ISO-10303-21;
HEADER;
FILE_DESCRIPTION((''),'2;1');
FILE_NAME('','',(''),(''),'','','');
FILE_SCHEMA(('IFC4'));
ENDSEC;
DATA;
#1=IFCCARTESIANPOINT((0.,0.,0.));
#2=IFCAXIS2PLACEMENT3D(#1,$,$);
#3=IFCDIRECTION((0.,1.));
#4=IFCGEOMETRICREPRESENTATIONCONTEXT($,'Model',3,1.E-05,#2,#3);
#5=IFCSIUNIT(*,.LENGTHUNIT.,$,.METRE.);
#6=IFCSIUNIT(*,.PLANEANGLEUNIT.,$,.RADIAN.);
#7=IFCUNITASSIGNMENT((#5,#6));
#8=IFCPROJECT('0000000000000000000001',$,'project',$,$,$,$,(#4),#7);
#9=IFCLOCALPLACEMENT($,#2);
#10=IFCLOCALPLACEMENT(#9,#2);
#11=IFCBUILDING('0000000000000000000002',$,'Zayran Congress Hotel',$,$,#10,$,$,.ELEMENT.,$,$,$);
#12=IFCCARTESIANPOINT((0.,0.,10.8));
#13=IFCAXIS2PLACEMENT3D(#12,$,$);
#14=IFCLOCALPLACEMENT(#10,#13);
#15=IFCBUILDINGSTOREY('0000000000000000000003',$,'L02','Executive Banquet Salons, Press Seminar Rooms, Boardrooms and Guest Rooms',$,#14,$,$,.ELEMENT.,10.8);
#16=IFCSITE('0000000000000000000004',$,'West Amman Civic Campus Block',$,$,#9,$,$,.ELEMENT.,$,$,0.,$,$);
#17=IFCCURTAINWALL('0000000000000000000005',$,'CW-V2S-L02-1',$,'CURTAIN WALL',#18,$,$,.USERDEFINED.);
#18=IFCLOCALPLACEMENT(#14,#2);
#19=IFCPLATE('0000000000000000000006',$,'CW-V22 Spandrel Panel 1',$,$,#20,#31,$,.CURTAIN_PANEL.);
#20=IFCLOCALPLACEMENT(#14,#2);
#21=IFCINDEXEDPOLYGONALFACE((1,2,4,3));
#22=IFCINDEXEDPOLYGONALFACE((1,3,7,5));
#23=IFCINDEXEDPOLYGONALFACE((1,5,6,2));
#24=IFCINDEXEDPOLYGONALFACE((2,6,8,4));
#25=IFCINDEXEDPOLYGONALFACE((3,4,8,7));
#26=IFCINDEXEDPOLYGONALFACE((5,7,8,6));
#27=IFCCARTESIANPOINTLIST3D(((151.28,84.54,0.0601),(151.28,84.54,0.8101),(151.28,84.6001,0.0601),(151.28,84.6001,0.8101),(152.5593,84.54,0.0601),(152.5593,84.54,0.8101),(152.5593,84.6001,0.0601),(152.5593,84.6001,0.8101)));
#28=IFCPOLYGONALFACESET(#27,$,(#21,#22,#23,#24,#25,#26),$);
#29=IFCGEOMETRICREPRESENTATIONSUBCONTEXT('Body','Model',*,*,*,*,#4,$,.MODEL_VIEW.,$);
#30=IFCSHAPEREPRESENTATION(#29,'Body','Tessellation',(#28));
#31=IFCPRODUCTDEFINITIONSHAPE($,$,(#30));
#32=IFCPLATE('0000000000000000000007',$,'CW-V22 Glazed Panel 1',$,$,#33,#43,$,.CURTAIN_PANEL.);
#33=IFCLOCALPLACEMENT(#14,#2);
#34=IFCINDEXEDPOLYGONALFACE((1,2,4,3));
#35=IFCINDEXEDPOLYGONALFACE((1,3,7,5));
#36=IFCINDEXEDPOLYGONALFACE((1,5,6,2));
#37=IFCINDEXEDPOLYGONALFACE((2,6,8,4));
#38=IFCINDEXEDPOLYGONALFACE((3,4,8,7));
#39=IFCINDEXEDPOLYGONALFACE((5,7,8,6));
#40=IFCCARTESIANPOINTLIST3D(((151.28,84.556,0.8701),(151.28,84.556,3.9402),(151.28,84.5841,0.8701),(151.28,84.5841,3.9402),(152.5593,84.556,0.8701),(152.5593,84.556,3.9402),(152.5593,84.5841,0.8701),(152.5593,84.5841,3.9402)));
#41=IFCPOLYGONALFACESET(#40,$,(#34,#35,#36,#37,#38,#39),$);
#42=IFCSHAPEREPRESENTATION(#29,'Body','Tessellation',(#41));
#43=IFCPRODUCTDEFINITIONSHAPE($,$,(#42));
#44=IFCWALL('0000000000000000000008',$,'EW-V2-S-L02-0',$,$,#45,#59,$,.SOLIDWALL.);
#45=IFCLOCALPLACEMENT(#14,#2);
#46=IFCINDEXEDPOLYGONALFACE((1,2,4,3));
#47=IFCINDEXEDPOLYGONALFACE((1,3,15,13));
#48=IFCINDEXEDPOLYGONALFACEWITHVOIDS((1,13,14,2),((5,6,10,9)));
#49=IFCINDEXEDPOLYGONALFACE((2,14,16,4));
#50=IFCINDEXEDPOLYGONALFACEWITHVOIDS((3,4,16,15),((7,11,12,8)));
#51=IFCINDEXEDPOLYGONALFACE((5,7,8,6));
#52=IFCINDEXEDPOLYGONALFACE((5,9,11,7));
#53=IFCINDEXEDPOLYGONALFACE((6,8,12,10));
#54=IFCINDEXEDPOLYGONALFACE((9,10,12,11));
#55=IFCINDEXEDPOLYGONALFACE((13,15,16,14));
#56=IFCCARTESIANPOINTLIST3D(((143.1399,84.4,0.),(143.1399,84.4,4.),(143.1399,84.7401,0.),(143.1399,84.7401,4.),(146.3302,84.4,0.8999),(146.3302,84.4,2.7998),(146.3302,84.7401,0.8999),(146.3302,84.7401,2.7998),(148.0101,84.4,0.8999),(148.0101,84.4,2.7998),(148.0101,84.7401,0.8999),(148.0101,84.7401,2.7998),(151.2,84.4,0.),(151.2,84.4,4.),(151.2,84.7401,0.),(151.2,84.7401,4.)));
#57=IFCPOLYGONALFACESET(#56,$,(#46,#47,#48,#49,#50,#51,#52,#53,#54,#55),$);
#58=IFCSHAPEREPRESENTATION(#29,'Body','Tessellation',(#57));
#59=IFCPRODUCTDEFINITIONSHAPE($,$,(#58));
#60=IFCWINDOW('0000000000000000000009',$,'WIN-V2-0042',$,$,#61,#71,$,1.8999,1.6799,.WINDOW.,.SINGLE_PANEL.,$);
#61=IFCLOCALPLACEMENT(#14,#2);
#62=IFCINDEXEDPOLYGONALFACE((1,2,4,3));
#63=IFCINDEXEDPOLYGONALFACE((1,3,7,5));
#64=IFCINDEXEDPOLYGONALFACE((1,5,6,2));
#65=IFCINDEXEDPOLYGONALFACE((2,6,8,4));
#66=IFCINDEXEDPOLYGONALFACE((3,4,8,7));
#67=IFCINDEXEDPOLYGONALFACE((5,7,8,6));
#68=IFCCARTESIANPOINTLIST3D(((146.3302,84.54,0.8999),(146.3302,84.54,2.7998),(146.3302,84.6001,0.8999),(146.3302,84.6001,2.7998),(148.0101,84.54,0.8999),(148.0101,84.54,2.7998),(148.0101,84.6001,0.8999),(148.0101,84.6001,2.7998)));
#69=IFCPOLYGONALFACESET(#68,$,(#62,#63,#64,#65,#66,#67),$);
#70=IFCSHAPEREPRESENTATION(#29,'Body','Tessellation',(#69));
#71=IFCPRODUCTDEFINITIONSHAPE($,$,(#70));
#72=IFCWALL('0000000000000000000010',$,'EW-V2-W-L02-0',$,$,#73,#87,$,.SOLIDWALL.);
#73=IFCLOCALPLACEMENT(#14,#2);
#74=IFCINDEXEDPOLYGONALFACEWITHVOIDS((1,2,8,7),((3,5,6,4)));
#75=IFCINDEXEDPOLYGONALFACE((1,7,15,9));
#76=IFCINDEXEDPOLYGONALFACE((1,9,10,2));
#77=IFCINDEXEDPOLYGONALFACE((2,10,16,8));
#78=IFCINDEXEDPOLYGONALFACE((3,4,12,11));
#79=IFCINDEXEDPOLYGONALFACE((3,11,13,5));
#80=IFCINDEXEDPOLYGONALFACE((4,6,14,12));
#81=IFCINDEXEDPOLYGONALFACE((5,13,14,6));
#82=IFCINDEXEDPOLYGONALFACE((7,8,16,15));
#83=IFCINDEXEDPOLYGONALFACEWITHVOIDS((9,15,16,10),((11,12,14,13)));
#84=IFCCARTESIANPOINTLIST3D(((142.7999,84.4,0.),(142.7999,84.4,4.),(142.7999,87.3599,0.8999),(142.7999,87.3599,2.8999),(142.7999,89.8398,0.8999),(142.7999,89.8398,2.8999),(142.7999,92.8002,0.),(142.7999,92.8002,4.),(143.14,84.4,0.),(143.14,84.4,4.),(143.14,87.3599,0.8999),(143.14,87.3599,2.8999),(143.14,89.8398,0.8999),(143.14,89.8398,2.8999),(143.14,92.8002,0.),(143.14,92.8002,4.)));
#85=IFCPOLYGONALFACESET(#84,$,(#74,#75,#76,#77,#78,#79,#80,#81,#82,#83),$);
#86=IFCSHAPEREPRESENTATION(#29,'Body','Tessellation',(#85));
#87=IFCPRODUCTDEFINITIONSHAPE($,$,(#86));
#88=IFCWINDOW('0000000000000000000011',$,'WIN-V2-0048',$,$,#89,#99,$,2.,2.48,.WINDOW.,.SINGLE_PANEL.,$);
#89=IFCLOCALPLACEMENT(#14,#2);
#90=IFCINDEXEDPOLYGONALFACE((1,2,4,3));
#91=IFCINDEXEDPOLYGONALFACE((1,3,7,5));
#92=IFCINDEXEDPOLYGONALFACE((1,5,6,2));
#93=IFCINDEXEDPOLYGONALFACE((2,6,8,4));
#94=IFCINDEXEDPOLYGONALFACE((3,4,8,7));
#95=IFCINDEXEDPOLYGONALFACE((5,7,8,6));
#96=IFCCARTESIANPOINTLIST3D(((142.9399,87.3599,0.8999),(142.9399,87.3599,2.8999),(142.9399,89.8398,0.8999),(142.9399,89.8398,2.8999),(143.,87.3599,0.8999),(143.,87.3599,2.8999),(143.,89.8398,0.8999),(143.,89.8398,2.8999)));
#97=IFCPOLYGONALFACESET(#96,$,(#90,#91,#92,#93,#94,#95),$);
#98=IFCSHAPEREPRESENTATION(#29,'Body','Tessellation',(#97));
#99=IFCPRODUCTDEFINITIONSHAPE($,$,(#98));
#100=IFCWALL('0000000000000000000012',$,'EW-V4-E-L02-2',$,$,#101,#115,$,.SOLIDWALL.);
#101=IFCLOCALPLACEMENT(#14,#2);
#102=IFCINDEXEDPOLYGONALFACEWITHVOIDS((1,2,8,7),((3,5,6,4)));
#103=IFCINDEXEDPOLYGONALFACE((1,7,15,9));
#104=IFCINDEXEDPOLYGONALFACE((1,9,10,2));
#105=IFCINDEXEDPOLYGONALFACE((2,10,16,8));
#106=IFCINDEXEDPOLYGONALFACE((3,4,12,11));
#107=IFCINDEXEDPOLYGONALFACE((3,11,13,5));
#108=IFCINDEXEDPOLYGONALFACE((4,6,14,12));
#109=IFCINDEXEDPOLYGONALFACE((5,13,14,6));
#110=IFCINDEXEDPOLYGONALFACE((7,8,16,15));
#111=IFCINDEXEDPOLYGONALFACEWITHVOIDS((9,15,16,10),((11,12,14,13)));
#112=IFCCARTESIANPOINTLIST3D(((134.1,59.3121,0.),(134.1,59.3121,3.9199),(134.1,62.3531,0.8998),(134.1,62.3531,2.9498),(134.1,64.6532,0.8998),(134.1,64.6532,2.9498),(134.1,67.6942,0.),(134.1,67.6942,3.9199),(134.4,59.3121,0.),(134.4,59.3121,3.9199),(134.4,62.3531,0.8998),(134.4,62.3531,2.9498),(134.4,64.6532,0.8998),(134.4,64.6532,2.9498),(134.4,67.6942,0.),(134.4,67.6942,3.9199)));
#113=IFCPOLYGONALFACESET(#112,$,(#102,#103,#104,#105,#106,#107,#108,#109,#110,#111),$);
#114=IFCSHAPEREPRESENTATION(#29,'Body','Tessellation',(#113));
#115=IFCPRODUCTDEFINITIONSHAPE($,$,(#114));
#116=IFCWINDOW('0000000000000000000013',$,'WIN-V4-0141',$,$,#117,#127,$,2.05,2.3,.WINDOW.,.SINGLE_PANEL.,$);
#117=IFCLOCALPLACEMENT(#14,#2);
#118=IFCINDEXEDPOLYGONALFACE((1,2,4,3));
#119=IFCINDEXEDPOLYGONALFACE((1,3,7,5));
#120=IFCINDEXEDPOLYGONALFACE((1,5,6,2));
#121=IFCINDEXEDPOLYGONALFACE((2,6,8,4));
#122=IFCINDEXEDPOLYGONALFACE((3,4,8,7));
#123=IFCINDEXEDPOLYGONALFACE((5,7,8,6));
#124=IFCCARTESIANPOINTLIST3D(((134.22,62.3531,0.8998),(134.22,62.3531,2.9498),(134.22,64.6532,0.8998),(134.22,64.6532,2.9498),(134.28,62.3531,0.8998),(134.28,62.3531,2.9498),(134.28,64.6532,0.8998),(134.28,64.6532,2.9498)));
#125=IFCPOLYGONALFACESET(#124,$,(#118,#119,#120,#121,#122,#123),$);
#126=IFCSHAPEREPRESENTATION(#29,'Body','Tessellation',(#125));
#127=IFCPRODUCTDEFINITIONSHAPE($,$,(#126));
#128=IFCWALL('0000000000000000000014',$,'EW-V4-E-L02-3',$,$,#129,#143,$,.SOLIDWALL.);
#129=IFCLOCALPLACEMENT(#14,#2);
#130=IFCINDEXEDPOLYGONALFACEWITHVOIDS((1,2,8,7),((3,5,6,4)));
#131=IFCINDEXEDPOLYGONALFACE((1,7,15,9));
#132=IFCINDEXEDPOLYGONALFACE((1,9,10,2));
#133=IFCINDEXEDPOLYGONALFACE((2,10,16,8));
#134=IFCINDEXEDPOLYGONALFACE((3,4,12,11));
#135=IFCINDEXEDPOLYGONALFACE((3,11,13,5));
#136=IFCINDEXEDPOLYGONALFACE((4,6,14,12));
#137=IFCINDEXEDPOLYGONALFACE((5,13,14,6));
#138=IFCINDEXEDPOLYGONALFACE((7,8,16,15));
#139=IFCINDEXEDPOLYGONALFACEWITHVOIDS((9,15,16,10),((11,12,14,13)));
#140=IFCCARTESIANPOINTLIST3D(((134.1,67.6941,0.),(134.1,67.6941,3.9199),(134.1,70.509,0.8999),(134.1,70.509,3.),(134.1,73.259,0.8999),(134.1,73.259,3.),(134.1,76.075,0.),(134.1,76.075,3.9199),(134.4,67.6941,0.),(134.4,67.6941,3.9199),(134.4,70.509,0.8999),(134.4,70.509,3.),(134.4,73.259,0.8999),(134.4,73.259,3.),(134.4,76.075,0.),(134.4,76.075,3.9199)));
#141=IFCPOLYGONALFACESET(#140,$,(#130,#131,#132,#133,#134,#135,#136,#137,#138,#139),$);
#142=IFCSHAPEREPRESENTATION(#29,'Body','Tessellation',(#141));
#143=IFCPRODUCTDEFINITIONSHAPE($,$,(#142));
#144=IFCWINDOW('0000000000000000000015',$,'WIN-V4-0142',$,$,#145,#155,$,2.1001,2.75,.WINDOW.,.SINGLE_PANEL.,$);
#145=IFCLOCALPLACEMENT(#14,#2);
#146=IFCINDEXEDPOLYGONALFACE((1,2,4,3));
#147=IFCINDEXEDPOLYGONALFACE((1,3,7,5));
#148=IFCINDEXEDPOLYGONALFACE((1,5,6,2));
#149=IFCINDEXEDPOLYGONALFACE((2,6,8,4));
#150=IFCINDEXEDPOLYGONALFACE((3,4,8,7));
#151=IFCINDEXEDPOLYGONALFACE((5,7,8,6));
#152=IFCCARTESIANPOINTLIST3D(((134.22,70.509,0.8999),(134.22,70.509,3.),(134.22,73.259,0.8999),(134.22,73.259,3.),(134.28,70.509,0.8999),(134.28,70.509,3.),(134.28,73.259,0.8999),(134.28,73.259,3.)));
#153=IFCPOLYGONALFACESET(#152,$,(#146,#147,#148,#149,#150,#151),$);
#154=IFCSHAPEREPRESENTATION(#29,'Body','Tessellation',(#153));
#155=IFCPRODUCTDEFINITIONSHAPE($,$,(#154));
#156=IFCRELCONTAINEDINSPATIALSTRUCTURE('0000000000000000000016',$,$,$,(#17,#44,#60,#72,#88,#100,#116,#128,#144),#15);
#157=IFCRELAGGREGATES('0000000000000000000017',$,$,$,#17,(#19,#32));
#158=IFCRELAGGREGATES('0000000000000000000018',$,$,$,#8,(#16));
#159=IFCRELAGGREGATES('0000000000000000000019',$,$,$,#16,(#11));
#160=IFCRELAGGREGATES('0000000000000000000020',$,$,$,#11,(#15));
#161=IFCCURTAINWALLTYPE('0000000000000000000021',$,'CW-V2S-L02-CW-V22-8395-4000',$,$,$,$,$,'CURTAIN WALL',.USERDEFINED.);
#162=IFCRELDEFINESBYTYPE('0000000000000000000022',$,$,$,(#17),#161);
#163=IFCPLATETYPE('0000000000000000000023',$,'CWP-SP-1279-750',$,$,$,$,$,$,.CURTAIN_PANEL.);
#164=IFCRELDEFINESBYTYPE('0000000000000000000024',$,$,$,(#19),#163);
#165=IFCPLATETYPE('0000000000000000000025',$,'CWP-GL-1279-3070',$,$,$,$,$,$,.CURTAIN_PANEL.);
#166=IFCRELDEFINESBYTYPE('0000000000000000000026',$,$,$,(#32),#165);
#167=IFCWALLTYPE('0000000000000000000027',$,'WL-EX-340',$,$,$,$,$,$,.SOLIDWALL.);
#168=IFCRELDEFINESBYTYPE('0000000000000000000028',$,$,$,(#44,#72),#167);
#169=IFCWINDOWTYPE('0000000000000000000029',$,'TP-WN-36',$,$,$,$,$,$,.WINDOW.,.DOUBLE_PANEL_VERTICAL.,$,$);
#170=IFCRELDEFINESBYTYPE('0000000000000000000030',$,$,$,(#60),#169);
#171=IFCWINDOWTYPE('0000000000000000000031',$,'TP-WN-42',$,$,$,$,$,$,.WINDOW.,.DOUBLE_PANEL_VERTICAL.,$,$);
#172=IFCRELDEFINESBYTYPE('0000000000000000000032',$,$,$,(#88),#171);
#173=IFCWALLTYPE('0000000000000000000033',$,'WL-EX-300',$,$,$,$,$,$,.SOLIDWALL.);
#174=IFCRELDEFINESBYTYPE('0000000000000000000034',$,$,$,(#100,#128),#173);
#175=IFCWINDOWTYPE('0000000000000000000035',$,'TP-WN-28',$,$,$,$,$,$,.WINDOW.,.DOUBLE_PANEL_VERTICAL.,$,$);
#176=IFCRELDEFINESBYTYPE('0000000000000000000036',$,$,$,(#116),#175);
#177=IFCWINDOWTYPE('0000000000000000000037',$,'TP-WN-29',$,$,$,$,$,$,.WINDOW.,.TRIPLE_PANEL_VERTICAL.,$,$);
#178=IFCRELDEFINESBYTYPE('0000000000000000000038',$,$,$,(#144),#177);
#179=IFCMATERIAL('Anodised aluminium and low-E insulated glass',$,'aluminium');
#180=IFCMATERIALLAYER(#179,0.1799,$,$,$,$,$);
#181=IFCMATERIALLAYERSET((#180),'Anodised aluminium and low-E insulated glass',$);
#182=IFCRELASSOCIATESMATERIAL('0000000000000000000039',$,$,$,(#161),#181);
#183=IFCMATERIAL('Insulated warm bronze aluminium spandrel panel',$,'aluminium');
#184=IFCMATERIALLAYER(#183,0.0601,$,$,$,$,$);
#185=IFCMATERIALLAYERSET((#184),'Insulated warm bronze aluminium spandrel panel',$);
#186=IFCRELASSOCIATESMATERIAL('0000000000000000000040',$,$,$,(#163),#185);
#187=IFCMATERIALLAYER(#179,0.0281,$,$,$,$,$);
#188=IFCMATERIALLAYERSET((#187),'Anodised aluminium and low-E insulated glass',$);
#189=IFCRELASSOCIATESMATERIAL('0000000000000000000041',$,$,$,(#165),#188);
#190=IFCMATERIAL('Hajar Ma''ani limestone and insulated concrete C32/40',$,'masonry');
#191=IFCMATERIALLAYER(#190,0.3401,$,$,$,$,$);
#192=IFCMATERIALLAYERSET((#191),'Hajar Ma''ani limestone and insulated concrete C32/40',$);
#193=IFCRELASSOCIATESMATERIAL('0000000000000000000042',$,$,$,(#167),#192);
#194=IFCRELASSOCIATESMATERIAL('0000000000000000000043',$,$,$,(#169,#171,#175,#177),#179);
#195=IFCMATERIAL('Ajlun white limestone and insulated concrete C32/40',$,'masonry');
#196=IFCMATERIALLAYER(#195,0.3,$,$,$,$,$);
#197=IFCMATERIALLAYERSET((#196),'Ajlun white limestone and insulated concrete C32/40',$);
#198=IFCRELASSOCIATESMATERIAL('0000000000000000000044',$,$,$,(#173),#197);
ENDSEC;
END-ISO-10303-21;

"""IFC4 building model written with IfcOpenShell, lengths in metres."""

from ifc_helpers import new_model, si_unit, direction, frame, frame_2d, origin, origin_2d, place, context, subcontext, project, spatial, rectangle, extrude, material, layer, layer_set, type_object, element, fill, aggregate, save


model = new_model("IFC4")

# Units and contexts
model_context = context("Model", 3, precision=1e-05, world=origin(), true_north=direction((0.0, 1.0)))
body_context = subcontext(model_context, "Body", "Model", "MODEL_VIEW")
ifc_project = project(units=[si_unit("LENGTHUNIT", "METRE"), si_unit("PLANEANGLEUNIT", "RADIAN")], contexts=[model_context])

# Site, building, storey
site_placement = place(None, origin())
site = spatial("IfcSite", under=ifc_project, at=site_placement, Name="West Amman Civic Campus Block", CompositionType="ELEMENT", RefElevation=0.0)
building_placement = place(site_placement, origin())
building = spatial("IfcBuilding", under=site, at=building_placement, Name="Zayran Congress Hotel", CompositionType="ELEMENT")
storey_placement = place(building_placement, frame((0.0, 0.0, 10.8)))
storey = spatial("IfcBuildingStorey", under=building, at=storey_placement, Name="L02", Description="Executive Banquet Salons, Press Seminar Rooms, Boardrooms and Guest Rooms", CompositionType="ELEMENT", Elevation=10.8)

# Curtain wall, plates
ifc_material_1 = material(Name="Anodised aluminium and low-E insulated glass", Category="aluminium")
ifc_layer_1 = layer(ifc_material_1, 0.1799)
ifc_layer_set_1 = layer_set([ifc_layer_1], Name="Anodised aluminium and low-E insulated glass")
curtain_wall_type = type_object("IfcCurtainWallType", Name="CW-V2S-L02-CW-V22-8395-4000", ElementType="CURTAIN WALL", PredefinedType="USERDEFINED", material=ifc_layer_set_1)
curtain_wall_placement = place(storey_placement, origin())
curtain_wall = element("IfcCurtainWall", 1, at=curtain_wall_placement, inside=storey, type_object=curtain_wall_type, Name="CW-V2S-L02-1", ObjectType="CURTAIN WALL", PredefinedType="USERDEFINED")
ifc_material_2 = material(Name="Insulated warm bronze aluminium spandrel panel", Category="aluminium")
ifc_layer_2 = layer(ifc_material_2, 0.0601)
ifc_layer_set_2 = layer_set([ifc_layer_2], Name="Insulated warm bronze aluminium spandrel panel")
plate_type_1 = type_object("IfcPlateType", Name="CWP-SP-1279-750", PredefinedType="CURTAIN_PANEL", material=ifc_layer_set_2)
plate_1_placement = place(storey_placement, frame((151.9197, 84.5701, 0.0601), z_axis=(0.0, 0.0, 1.0), x_axis=(1.0, 0.0, 0.0)))
plate_1 = element("IfcPlate", 2, at=plate_1_placement, type_object=plate_type_1, Name="CW-V22 Spandrel Panel 1", PredefinedType="CURTAIN_PANEL", context=body_context, shape_type="SweptSolid", body=[
    extrude(rectangle(XDim=1.2793, YDim=0.0601, at=origin_2d()), origin(), (0.0, 0.0, 1.0), 0.75),
])
ifc_layer_3 = layer(ifc_material_1, 0.0281)
ifc_layer_set_3 = layer_set([ifc_layer_3], Name="Anodised aluminium and low-E insulated glass")
plate_type_2 = type_object("IfcPlateType", Name="CWP-GL-1279-3070", PredefinedType="CURTAIN_PANEL", material=ifc_layer_set_3)
plate_2_placement = place(storey_placement, frame((151.9197, 84.5701, 0.8701), z_axis=(0.0, 0.0, 1.0), x_axis=(1.0, 0.0, 0.0)))
plate_2 = element("IfcPlate", 3, at=plate_2_placement, type_object=plate_type_2, Name="CW-V22 Glazed Panel 1", PredefinedType="CURTAIN_PANEL", context=body_context, shape_type="SweptSolid", body=[
    extrude(rectangle(XDim=1.2793, YDim=0.0281, at=origin_2d()), origin(), (0.0, 0.0, 1.0), 3.0701),
])
aggregate(curtain_wall, [plate_1, plate_2])

# Walls, openings, windows
ifc_material_3 = material(Name="Hajar Ma'ani limestone and insulated concrete C32/40", Category="masonry")
ifc_layer_4 = layer(ifc_material_3, 0.3401)
ifc_layer_set_4 = layer_set([ifc_layer_4], Name="Hajar Ma'ani limestone and insulated concrete C32/40")
wall_type_1 = type_object("IfcWallType", Name="WL-EX-340", PredefinedType="SOLIDWALL", material=ifc_layer_set_4)
wall_1_placement = place(storey_placement, frame((151.2, 84.5701, 0.0), z_axis=(0.0, 0.0, 1.0), x_axis=(-1.0, 0.0, 0.0)))
wall_1 = element("IfcWall", 4, at=wall_1_placement, inside=storey, type_object=wall_type_1, Name="EW-V2-S-L02-0", PredefinedType="SOLIDWALL", context=body_context, shape_type="SweptSolid", body=[
    extrude(rectangle(XDim=8.0601, YDim=0.3401, at=frame_2d((4.03, 0.0))), origin(), (0.0, 0.0, 1.0), 4.0),
])
opening_1_placement = place(wall_1_placement, frame((3.1899, 0.0, 0.8999)))
opening_1 = element("IfcOpeningElement", 5, at=opening_1_placement, cuts=wall_1, PredefinedType="OPENING", context=body_context, shape_type="SweptSolid", body=[
    extrude(rectangle(XDim=1.6799, YDim=1.8999, at=frame_2d((0.8398, 0.95))), frame((0.0, 0.1799, 0.0), z_axis=(0.0, -1.0, 0.0), x_axis=(1.0, 0.0, 0.0)), (0.0, 0.0, 1.0), 0.3601),
])
window_type_1 = type_object("IfcWindowType", Name="TP-WN-36", PartitioningType="DOUBLE_PANEL_VERTICAL", PredefinedType="WINDOW", material=ifc_material_1)
window_1_placement = place(opening_1_placement, origin())
window_1 = element("IfcWindow", 6, at=window_1_placement, inside=storey, type_object=window_type_1, Name="WIN-V2-0042", OverallHeight=1.8999, OverallWidth=1.6799, PartitioningType="SINGLE_PANEL", PredefinedType="WINDOW", context=body_context, shape_type="SweptSolid", body=[
    extrude(rectangle(XDim=1.6799, YDim=1.8999, at=frame_2d((0.8398, 0.95))), frame((0.0, 0.03, 0.0), z_axis=(0.0, -1.0, 0.0), x_axis=(1.0, 0.0, 0.0)), (0.0, 0.0, 1.0), 0.0601),
])
fill(opening_1, window_1)
wall_2_placement = place(storey_placement, frame((142.97, 84.3999, 0.0), z_axis=(0.0, 0.0, 1.0), x_axis=(0.0, 1.0, 0.0)))
wall_2 = element("IfcWall", 7, at=wall_2_placement, inside=storey, type_object=wall_type_1, Name="EW-V2-W-L02-0", PredefinedType="SOLIDWALL", context=body_context, shape_type="SweptSolid", body=[
    extrude(rectangle(XDim=8.4001, YDim=0.3401, at=frame_2d((4.2002, 0.0))), origin(), (0.0, 0.0, 1.0), 4.0),
])
opening_2_placement = place(wall_2_placement, frame((2.96, 0.0, 0.8999)))
opening_2 = element("IfcOpeningElement", 8, at=opening_2_placement, cuts=wall_2, PredefinedType="OPENING", context=body_context, shape_type="SweptSolid", body=[
    extrude(rectangle(XDim=2.48, YDim=2.0, at=frame_2d((1.24, 1.0))), frame((0.0, 0.1799, 0.0), z_axis=(0.0, -1.0, 0.0), x_axis=(1.0, 0.0, 0.0)), (0.0, 0.0, 1.0), 0.3601),
])
window_type_2 = type_object("IfcWindowType", Name="TP-WN-42", PartitioningType="DOUBLE_PANEL_VERTICAL", PredefinedType="WINDOW", material=ifc_material_1)
window_2_placement = place(opening_2_placement, origin())
window_2 = element("IfcWindow", 9, at=window_2_placement, inside=storey, type_object=window_type_2, Name="WIN-V2-0048", OverallHeight=2.0, OverallWidth=2.48, PartitioningType="SINGLE_PANEL", PredefinedType="WINDOW", context=body_context, shape_type="SweptSolid", body=[
    extrude(rectangle(XDim=2.48, YDim=2.0, at=frame_2d((1.24, 1.0))), frame((0.0, 0.03, 0.0), z_axis=(0.0, -1.0, 0.0), x_axis=(1.0, 0.0, 0.0)), (0.0, 0.0, 1.0), 0.0601),
])
fill(opening_2, window_2)
ifc_material_4 = material(Name="Ajlun white limestone and insulated concrete C32/40", Category="masonry")
ifc_layer_5 = layer(ifc_material_4, 0.3)
ifc_layer_set_5 = layer_set([ifc_layer_5], Name="Ajlun white limestone and insulated concrete C32/40")
wall_type_2 = type_object("IfcWallType", Name="WL-EX-300", PredefinedType="SOLIDWALL", material=ifc_layer_set_5)
wall_3_placement = place(storey_placement, frame((134.25, 67.6941, 0.0), z_axis=(0.0, 0.0, 1.0), x_axis=(0.0, -1.0, 0.0)))
wall_3 = element("IfcWall", 10, at=wall_3_placement, inside=storey, type_object=wall_type_2, Name="EW-V4-E-L02-2", PredefinedType="SOLIDWALL", context=body_context, shape_type="SweptSolid", body=[
    extrude(rectangle(XDim=8.3821, YDim=0.3, at=frame_2d((4.1909, 0.0))), origin(), (0.0, 0.0, 1.0), 3.9199),
])
opening_3_placement = place(wall_3_placement, frame((3.041, 0.0, 0.8999)))
opening_3 = element("IfcOpeningElement", 11, at=opening_3_placement, cuts=wall_3, PredefinedType="OPENING", context=body_context, shape_type="SweptSolid", body=[
    extrude(rectangle(XDim=2.3, YDim=2.05, at=frame_2d((1.1499, 1.0249))), frame((0.0, 0.1599, 0.0), z_axis=(0.0, -1.0, 0.0), x_axis=(1.0, 0.0, 0.0)), (0.0, 0.0, 1.0), 0.3201),
])
window_type_3 = type_object("IfcWindowType", Name="TP-WN-28", PartitioningType="DOUBLE_PANEL_VERTICAL", PredefinedType="WINDOW", material=ifc_material_1)
window_3_placement = place(opening_3_placement, origin())
window_3 = element("IfcWindow", 12, at=window_3_placement, inside=storey, type_object=window_type_3, Name="WIN-V4-0141", OverallHeight=2.05, OverallWidth=2.3, PartitioningType="SINGLE_PANEL", PredefinedType="WINDOW", context=body_context, shape_type="SweptSolid", body=[
    extrude(rectangle(XDim=2.3, YDim=2.05, at=frame_2d((1.1499, 1.0249))), frame((0.0, 0.03, 0.0), z_axis=(0.0, -1.0, 0.0), x_axis=(1.0, 0.0, 0.0)), (0.0, 0.0, 1.0), 0.0601),
])
fill(opening_3, window_3)
wall_4_placement = place(storey_placement, frame((134.25, 76.075, 0.0), z_axis=(0.0, 0.0, 1.0), x_axis=(0.0, -1.0, 0.0)))
wall_4 = element("IfcWall", 13, at=wall_4_placement, inside=storey, type_object=wall_type_2, Name="EW-V4-E-L02-3", PredefinedType="SOLIDWALL", context=body_context, shape_type="SweptSolid", body=[
    extrude(rectangle(XDim=8.3809, YDim=0.3, at=frame_2d((4.1904, 0.0))), origin(), (0.0, 0.0, 1.0), 3.9199),
])
opening_4_placement = place(wall_4_placement, frame((2.8159, 0.0, 0.8999)))
opening_4 = element("IfcOpeningElement", 14, at=opening_4_placement, cuts=wall_4, PredefinedType="OPENING", context=body_context, shape_type="SweptSolid", body=[
    extrude(rectangle(XDim=2.75, YDim=2.1001, at=frame_2d((1.375, 1.05))), frame((0.0, 0.1599, 0.0), z_axis=(0.0, -1.0, 0.0), x_axis=(1.0, 0.0, 0.0)), (0.0, 0.0, 1.0), 0.3201),
])
window_type_4 = type_object("IfcWindowType", Name="TP-WN-29", PartitioningType="TRIPLE_PANEL_VERTICAL", PredefinedType="WINDOW", material=ifc_material_1)
window_4_placement = place(opening_4_placement, origin())
window_4 = element("IfcWindow", 15, at=window_4_placement, inside=storey, type_object=window_type_4, Name="WIN-V4-0142", OverallHeight=2.1001, OverallWidth=2.75, PartitioningType="SINGLE_PANEL", PredefinedType="WINDOW", context=body_context, shape_type="SweptSolid", body=[
    extrude(rectangle(XDim=2.75, YDim=2.1001, at=frame_2d((1.375, 1.05))), frame((0.0, 0.03, 0.0), z_axis=(0.0, -1.0, 0.0), x_axis=(1.0, 0.0, 0.0)), (0.0, 0.0, 1.0), 0.0601),
])
fill(opening_4, window_4)

save(model, "model.ifc")
